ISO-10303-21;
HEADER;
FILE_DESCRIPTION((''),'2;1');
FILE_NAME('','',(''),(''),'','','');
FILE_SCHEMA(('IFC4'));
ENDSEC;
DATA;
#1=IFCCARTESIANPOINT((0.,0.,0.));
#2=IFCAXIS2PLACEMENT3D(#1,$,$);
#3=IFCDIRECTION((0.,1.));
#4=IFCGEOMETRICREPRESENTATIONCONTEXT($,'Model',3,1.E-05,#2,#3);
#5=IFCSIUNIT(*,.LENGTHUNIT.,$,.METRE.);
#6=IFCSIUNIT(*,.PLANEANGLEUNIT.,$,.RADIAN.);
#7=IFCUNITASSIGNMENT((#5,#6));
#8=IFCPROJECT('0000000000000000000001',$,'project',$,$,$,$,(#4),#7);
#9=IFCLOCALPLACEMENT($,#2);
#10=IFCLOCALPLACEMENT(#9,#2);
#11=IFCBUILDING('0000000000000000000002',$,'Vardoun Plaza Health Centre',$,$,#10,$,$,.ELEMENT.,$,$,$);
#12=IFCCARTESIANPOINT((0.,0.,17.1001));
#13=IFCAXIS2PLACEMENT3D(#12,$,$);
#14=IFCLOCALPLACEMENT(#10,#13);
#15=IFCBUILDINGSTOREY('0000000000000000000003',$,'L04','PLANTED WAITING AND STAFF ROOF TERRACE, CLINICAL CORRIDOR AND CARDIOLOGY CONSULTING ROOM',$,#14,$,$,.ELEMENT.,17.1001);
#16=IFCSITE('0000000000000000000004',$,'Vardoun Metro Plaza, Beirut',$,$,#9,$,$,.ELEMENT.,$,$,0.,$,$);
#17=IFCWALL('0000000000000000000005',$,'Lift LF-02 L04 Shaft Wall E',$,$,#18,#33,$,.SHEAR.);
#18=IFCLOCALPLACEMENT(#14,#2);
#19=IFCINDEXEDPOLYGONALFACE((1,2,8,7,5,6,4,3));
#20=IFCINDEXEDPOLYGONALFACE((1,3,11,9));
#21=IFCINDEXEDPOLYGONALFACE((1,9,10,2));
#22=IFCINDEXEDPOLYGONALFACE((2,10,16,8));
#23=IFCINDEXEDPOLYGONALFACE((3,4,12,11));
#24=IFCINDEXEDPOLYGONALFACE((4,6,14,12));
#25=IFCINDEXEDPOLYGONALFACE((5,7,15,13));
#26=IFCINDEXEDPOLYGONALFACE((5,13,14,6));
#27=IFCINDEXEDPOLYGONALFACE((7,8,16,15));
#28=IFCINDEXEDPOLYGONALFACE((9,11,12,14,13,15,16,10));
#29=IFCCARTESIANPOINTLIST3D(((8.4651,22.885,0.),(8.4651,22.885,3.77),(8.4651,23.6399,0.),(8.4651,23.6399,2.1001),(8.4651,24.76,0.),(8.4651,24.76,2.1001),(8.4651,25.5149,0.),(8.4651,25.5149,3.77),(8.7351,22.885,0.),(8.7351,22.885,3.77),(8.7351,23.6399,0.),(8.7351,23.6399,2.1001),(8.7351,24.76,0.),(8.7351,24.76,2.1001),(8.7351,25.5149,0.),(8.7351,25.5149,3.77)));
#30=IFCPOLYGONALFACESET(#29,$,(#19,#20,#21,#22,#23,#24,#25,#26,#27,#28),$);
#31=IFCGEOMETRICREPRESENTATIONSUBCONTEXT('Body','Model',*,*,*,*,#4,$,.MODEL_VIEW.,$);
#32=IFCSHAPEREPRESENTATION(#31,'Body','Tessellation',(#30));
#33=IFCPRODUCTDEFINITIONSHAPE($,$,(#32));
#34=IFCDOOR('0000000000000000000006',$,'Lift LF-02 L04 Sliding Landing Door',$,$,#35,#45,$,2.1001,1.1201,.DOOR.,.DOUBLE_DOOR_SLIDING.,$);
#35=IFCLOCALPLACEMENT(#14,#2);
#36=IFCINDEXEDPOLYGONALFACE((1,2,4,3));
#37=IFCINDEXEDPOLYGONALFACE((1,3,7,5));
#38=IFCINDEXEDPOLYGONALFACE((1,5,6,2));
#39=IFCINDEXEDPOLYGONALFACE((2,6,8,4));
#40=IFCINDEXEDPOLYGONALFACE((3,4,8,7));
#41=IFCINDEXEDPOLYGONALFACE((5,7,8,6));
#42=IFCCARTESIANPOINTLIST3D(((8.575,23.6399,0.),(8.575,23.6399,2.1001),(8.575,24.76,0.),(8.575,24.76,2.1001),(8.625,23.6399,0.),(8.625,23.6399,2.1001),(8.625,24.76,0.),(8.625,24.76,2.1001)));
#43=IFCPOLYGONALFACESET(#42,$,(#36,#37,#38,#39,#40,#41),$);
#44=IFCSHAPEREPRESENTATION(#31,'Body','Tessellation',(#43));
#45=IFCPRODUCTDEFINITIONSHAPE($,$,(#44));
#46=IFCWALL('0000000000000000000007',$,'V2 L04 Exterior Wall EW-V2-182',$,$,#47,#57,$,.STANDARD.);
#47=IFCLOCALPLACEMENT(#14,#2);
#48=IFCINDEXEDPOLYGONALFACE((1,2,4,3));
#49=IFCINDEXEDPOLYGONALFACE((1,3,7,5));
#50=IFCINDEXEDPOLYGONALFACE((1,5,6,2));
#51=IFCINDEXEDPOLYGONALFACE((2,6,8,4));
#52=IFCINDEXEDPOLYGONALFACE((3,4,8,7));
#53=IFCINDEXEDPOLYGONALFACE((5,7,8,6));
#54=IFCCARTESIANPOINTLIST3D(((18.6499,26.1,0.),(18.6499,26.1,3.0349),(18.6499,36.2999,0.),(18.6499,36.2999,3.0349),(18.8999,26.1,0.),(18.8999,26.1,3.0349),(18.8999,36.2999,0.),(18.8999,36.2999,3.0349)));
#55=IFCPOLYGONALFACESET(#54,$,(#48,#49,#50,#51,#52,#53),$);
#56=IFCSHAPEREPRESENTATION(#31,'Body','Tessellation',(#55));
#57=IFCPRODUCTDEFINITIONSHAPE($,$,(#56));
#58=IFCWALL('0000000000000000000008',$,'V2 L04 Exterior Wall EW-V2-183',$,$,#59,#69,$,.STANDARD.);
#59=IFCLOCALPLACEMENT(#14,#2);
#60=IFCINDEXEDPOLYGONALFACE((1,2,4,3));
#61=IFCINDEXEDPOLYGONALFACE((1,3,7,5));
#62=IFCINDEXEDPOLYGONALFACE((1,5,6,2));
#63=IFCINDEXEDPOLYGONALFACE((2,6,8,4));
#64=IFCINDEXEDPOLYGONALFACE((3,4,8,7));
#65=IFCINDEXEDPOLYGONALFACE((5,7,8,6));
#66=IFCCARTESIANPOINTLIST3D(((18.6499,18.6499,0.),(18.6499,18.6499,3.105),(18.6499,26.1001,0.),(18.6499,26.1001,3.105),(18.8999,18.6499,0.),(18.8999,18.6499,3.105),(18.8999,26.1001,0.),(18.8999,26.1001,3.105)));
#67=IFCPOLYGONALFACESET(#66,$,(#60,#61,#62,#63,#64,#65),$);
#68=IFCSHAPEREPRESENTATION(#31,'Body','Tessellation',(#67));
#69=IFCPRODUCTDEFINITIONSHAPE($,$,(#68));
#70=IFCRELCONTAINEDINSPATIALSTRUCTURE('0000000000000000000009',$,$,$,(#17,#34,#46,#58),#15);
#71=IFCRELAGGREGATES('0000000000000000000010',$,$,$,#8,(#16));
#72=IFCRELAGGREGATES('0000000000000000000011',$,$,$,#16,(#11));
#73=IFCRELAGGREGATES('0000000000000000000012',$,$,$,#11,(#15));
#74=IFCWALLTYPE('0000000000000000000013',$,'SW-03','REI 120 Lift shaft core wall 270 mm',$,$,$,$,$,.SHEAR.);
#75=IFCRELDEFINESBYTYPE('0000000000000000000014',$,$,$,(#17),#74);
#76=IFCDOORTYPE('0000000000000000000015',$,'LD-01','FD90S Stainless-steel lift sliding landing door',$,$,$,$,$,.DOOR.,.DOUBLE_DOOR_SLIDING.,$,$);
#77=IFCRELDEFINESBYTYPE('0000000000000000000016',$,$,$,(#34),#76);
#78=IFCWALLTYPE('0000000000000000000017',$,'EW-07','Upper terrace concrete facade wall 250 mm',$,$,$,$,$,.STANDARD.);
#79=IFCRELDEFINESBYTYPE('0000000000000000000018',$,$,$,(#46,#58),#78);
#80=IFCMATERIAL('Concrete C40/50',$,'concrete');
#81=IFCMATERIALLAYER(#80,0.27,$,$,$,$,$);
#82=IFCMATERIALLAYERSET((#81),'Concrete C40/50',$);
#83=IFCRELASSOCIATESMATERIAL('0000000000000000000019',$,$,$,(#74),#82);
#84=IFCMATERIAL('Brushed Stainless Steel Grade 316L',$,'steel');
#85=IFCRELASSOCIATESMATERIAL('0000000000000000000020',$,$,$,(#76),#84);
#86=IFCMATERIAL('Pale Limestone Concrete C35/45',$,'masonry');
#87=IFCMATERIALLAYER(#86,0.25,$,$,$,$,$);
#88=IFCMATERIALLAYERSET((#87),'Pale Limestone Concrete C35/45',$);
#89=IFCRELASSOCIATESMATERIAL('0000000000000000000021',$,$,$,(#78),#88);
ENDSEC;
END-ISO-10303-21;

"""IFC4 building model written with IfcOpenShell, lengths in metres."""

from ifc_helpers import new_model, si_unit, direction, frame, frame_2d, origin, place, context, subcontext, project, spatial, rectangle, extrude, material, layer, layer_set, type_object, element, fill, save


model = new_model("IFC4")

# Units and contexts
model_context = context("Model", 3, precision=1e-05, world=origin(), true_north=direction((0.0, 1.0)))
body_context = subcontext(model_context, "Body", "Model", "MODEL_VIEW")
ifc_project = project(units=[si_unit("LENGTHUNIT", "METRE"), si_unit("PLANEANGLEUNIT", "RADIAN")], contexts=[model_context])

# Site, building, storey
site_placement = place(None, origin())
site = spatial("IfcSite", under=ifc_project, at=site_placement, Name="Vardoun Metro Plaza, Beirut", CompositionType="ELEMENT", RefElevation=0.0)
building_placement = place(site_placement, origin())
building = spatial("IfcBuilding", under=site, at=building_placement, Name="Vardoun Plaza Health Centre", CompositionType="ELEMENT")
storey_placement = place(building_placement, frame((0.0, 0.0, 17.1001)))
storey = spatial("IfcBuildingStorey", under=building, at=storey_placement, Name="L04", Description="PLANTED WAITING AND STAFF ROOF TERRACE, CLINICAL CORRIDOR AND CARDIOLOGY CONSULTING ROOM", CompositionType="ELEMENT", Elevation=17.1001)

# Shared definitions
ifc_material_1 = material(Name="Concrete C40/50", Category="concrete")
ifc_layer_1 = layer(ifc_material_1, 0.27)
ifc_layer_set_1 = layer_set([ifc_layer_1], Name="Concrete C40/50")
wall_type_1 = type_object("IfcWallType", Name="SW-03", Description="REI 120 Lift shaft core wall 270 mm", PredefinedType="SHEAR", material=ifc_layer_set_1)

# Wall, opening, door
wall_1_placement = place(storey_placement, frame((8.6001, 25.5149, 0.0), z_axis=(0.0, 0.0, 1.0), x_axis=(0.0, -1.0, 0.0)))
wall_1 = element("IfcWall", 1, at=wall_1_placement, inside=storey, type_object=wall_type_1, Name="Lift LF-02 L04 Shaft Wall E", PredefinedType="SHEAR", context=body_context, shape_type="SweptSolid", body=[
    extrude(rectangle(XDim=2.6299, YDim=0.27, at=frame_2d((1.3149, 0.0))), origin(), (0.0, 0.0, 1.0), 3.77),
])
opening_1_placement = place(wall_1_placement, frame((0.7549, 0.0, 0.0)))
opening_1 = element("IfcOpeningElement", 2, at=opening_1_placement, cuts=wall_1, PredefinedType="OPENING", context=body_context, shape_type="SweptSolid", body=[
    extrude(rectangle(XDim=1.1201, YDim=2.1001, at=frame_2d((0.5601, 1.05))), frame((0.0, 0.135, 0.0), z_axis=(0.0, -1.0, 0.0), x_axis=(1.0, 0.0, 0.0)), (0.0, 0.0, 1.0), 0.27),
])
ifc_material_2 = material(Name="Brushed Stainless Steel Grade 316L", Category="steel")
door_type_1 = type_object("IfcDoorType", Name="LD-01", Description="FD90S Stainless-steel lift sliding landing door", OperationType="DOUBLE_DOOR_SLIDING", PredefinedType="DOOR", material=ifc_material_2)
door_1_placement = place(opening_1_placement, origin())
door_1 = element("IfcDoor", 3, at=door_1_placement, inside=storey, type_object=door_type_1, Name="Lift LF-02 L04 Sliding Landing Door", OperationType="DOUBLE_DOOR_SLIDING", OverallHeight=2.1001, OverallWidth=1.1201, PredefinedType="DOOR", context=body_context, shape_type="SweptSolid", body=[
    extrude(rectangle(XDim=1.1201, YDim=2.1001, at=frame_2d((0.5601, 1.05))), frame((0.0, 0.0249, 0.0), z_axis=(0.0, -1.0, 0.0), x_axis=(1.0, 0.0, 0.0)), (0.0, 0.0, 1.0), 0.05),
])
fill(opening_1, door_1)

# Walls
ifc_material_3 = material(Name="Pale Limestone Concrete C35/45", Category="masonry")
ifc_layer_2 = layer(ifc_material_3, 0.25)
ifc_layer_set_2 = layer_set([ifc_layer_2], Name="Pale Limestone Concrete C35/45")
wall_type_2 = type_object("IfcWallType", Name="EW-07", Description="Upper terrace concrete facade wall 250 mm", PredefinedType="STANDARD", material=ifc_layer_set_2)
wall_2_placement = place(storey_placement, frame((18.7749, 36.3, 0.0), z_axis=(0.0, 0.0, 1.0), x_axis=(0.0, -1.0, 0.0)))
element("IfcWall", 4, at=wall_2_placement, inside=storey, type_object=wall_type_2, Name="V2 L04 Exterior Wall EW-V2-182", PredefinedType="STANDARD", context=body_context, shape_type="SweptSolid", body=[
    extrude(rectangle(XDim=10.2, YDim=0.25, at=frame_2d((5.1001, 0.0))), origin(), (0.0, 0.0, 1.0), 3.0349),
])
wall_3_placement = place(storey_placement, frame((18.7749, 26.1001, 0.0), z_axis=(0.0, 0.0, 1.0), x_axis=(0.0, -1.0, 0.0)))
element("IfcWall", 5, at=wall_3_placement, inside=storey, type_object=wall_type_2, Name="V2 L04 Exterior Wall EW-V2-183", PredefinedType="STANDARD", context=body_context, shape_type="SweptSolid", body=[
    extrude(rectangle(XDim=7.4502, YDim=0.25, at=frame_2d((3.7251, 0.0))), origin(), (0.0, 0.0, 1.0), 3.105),
])

save(model, "model.ifc")
